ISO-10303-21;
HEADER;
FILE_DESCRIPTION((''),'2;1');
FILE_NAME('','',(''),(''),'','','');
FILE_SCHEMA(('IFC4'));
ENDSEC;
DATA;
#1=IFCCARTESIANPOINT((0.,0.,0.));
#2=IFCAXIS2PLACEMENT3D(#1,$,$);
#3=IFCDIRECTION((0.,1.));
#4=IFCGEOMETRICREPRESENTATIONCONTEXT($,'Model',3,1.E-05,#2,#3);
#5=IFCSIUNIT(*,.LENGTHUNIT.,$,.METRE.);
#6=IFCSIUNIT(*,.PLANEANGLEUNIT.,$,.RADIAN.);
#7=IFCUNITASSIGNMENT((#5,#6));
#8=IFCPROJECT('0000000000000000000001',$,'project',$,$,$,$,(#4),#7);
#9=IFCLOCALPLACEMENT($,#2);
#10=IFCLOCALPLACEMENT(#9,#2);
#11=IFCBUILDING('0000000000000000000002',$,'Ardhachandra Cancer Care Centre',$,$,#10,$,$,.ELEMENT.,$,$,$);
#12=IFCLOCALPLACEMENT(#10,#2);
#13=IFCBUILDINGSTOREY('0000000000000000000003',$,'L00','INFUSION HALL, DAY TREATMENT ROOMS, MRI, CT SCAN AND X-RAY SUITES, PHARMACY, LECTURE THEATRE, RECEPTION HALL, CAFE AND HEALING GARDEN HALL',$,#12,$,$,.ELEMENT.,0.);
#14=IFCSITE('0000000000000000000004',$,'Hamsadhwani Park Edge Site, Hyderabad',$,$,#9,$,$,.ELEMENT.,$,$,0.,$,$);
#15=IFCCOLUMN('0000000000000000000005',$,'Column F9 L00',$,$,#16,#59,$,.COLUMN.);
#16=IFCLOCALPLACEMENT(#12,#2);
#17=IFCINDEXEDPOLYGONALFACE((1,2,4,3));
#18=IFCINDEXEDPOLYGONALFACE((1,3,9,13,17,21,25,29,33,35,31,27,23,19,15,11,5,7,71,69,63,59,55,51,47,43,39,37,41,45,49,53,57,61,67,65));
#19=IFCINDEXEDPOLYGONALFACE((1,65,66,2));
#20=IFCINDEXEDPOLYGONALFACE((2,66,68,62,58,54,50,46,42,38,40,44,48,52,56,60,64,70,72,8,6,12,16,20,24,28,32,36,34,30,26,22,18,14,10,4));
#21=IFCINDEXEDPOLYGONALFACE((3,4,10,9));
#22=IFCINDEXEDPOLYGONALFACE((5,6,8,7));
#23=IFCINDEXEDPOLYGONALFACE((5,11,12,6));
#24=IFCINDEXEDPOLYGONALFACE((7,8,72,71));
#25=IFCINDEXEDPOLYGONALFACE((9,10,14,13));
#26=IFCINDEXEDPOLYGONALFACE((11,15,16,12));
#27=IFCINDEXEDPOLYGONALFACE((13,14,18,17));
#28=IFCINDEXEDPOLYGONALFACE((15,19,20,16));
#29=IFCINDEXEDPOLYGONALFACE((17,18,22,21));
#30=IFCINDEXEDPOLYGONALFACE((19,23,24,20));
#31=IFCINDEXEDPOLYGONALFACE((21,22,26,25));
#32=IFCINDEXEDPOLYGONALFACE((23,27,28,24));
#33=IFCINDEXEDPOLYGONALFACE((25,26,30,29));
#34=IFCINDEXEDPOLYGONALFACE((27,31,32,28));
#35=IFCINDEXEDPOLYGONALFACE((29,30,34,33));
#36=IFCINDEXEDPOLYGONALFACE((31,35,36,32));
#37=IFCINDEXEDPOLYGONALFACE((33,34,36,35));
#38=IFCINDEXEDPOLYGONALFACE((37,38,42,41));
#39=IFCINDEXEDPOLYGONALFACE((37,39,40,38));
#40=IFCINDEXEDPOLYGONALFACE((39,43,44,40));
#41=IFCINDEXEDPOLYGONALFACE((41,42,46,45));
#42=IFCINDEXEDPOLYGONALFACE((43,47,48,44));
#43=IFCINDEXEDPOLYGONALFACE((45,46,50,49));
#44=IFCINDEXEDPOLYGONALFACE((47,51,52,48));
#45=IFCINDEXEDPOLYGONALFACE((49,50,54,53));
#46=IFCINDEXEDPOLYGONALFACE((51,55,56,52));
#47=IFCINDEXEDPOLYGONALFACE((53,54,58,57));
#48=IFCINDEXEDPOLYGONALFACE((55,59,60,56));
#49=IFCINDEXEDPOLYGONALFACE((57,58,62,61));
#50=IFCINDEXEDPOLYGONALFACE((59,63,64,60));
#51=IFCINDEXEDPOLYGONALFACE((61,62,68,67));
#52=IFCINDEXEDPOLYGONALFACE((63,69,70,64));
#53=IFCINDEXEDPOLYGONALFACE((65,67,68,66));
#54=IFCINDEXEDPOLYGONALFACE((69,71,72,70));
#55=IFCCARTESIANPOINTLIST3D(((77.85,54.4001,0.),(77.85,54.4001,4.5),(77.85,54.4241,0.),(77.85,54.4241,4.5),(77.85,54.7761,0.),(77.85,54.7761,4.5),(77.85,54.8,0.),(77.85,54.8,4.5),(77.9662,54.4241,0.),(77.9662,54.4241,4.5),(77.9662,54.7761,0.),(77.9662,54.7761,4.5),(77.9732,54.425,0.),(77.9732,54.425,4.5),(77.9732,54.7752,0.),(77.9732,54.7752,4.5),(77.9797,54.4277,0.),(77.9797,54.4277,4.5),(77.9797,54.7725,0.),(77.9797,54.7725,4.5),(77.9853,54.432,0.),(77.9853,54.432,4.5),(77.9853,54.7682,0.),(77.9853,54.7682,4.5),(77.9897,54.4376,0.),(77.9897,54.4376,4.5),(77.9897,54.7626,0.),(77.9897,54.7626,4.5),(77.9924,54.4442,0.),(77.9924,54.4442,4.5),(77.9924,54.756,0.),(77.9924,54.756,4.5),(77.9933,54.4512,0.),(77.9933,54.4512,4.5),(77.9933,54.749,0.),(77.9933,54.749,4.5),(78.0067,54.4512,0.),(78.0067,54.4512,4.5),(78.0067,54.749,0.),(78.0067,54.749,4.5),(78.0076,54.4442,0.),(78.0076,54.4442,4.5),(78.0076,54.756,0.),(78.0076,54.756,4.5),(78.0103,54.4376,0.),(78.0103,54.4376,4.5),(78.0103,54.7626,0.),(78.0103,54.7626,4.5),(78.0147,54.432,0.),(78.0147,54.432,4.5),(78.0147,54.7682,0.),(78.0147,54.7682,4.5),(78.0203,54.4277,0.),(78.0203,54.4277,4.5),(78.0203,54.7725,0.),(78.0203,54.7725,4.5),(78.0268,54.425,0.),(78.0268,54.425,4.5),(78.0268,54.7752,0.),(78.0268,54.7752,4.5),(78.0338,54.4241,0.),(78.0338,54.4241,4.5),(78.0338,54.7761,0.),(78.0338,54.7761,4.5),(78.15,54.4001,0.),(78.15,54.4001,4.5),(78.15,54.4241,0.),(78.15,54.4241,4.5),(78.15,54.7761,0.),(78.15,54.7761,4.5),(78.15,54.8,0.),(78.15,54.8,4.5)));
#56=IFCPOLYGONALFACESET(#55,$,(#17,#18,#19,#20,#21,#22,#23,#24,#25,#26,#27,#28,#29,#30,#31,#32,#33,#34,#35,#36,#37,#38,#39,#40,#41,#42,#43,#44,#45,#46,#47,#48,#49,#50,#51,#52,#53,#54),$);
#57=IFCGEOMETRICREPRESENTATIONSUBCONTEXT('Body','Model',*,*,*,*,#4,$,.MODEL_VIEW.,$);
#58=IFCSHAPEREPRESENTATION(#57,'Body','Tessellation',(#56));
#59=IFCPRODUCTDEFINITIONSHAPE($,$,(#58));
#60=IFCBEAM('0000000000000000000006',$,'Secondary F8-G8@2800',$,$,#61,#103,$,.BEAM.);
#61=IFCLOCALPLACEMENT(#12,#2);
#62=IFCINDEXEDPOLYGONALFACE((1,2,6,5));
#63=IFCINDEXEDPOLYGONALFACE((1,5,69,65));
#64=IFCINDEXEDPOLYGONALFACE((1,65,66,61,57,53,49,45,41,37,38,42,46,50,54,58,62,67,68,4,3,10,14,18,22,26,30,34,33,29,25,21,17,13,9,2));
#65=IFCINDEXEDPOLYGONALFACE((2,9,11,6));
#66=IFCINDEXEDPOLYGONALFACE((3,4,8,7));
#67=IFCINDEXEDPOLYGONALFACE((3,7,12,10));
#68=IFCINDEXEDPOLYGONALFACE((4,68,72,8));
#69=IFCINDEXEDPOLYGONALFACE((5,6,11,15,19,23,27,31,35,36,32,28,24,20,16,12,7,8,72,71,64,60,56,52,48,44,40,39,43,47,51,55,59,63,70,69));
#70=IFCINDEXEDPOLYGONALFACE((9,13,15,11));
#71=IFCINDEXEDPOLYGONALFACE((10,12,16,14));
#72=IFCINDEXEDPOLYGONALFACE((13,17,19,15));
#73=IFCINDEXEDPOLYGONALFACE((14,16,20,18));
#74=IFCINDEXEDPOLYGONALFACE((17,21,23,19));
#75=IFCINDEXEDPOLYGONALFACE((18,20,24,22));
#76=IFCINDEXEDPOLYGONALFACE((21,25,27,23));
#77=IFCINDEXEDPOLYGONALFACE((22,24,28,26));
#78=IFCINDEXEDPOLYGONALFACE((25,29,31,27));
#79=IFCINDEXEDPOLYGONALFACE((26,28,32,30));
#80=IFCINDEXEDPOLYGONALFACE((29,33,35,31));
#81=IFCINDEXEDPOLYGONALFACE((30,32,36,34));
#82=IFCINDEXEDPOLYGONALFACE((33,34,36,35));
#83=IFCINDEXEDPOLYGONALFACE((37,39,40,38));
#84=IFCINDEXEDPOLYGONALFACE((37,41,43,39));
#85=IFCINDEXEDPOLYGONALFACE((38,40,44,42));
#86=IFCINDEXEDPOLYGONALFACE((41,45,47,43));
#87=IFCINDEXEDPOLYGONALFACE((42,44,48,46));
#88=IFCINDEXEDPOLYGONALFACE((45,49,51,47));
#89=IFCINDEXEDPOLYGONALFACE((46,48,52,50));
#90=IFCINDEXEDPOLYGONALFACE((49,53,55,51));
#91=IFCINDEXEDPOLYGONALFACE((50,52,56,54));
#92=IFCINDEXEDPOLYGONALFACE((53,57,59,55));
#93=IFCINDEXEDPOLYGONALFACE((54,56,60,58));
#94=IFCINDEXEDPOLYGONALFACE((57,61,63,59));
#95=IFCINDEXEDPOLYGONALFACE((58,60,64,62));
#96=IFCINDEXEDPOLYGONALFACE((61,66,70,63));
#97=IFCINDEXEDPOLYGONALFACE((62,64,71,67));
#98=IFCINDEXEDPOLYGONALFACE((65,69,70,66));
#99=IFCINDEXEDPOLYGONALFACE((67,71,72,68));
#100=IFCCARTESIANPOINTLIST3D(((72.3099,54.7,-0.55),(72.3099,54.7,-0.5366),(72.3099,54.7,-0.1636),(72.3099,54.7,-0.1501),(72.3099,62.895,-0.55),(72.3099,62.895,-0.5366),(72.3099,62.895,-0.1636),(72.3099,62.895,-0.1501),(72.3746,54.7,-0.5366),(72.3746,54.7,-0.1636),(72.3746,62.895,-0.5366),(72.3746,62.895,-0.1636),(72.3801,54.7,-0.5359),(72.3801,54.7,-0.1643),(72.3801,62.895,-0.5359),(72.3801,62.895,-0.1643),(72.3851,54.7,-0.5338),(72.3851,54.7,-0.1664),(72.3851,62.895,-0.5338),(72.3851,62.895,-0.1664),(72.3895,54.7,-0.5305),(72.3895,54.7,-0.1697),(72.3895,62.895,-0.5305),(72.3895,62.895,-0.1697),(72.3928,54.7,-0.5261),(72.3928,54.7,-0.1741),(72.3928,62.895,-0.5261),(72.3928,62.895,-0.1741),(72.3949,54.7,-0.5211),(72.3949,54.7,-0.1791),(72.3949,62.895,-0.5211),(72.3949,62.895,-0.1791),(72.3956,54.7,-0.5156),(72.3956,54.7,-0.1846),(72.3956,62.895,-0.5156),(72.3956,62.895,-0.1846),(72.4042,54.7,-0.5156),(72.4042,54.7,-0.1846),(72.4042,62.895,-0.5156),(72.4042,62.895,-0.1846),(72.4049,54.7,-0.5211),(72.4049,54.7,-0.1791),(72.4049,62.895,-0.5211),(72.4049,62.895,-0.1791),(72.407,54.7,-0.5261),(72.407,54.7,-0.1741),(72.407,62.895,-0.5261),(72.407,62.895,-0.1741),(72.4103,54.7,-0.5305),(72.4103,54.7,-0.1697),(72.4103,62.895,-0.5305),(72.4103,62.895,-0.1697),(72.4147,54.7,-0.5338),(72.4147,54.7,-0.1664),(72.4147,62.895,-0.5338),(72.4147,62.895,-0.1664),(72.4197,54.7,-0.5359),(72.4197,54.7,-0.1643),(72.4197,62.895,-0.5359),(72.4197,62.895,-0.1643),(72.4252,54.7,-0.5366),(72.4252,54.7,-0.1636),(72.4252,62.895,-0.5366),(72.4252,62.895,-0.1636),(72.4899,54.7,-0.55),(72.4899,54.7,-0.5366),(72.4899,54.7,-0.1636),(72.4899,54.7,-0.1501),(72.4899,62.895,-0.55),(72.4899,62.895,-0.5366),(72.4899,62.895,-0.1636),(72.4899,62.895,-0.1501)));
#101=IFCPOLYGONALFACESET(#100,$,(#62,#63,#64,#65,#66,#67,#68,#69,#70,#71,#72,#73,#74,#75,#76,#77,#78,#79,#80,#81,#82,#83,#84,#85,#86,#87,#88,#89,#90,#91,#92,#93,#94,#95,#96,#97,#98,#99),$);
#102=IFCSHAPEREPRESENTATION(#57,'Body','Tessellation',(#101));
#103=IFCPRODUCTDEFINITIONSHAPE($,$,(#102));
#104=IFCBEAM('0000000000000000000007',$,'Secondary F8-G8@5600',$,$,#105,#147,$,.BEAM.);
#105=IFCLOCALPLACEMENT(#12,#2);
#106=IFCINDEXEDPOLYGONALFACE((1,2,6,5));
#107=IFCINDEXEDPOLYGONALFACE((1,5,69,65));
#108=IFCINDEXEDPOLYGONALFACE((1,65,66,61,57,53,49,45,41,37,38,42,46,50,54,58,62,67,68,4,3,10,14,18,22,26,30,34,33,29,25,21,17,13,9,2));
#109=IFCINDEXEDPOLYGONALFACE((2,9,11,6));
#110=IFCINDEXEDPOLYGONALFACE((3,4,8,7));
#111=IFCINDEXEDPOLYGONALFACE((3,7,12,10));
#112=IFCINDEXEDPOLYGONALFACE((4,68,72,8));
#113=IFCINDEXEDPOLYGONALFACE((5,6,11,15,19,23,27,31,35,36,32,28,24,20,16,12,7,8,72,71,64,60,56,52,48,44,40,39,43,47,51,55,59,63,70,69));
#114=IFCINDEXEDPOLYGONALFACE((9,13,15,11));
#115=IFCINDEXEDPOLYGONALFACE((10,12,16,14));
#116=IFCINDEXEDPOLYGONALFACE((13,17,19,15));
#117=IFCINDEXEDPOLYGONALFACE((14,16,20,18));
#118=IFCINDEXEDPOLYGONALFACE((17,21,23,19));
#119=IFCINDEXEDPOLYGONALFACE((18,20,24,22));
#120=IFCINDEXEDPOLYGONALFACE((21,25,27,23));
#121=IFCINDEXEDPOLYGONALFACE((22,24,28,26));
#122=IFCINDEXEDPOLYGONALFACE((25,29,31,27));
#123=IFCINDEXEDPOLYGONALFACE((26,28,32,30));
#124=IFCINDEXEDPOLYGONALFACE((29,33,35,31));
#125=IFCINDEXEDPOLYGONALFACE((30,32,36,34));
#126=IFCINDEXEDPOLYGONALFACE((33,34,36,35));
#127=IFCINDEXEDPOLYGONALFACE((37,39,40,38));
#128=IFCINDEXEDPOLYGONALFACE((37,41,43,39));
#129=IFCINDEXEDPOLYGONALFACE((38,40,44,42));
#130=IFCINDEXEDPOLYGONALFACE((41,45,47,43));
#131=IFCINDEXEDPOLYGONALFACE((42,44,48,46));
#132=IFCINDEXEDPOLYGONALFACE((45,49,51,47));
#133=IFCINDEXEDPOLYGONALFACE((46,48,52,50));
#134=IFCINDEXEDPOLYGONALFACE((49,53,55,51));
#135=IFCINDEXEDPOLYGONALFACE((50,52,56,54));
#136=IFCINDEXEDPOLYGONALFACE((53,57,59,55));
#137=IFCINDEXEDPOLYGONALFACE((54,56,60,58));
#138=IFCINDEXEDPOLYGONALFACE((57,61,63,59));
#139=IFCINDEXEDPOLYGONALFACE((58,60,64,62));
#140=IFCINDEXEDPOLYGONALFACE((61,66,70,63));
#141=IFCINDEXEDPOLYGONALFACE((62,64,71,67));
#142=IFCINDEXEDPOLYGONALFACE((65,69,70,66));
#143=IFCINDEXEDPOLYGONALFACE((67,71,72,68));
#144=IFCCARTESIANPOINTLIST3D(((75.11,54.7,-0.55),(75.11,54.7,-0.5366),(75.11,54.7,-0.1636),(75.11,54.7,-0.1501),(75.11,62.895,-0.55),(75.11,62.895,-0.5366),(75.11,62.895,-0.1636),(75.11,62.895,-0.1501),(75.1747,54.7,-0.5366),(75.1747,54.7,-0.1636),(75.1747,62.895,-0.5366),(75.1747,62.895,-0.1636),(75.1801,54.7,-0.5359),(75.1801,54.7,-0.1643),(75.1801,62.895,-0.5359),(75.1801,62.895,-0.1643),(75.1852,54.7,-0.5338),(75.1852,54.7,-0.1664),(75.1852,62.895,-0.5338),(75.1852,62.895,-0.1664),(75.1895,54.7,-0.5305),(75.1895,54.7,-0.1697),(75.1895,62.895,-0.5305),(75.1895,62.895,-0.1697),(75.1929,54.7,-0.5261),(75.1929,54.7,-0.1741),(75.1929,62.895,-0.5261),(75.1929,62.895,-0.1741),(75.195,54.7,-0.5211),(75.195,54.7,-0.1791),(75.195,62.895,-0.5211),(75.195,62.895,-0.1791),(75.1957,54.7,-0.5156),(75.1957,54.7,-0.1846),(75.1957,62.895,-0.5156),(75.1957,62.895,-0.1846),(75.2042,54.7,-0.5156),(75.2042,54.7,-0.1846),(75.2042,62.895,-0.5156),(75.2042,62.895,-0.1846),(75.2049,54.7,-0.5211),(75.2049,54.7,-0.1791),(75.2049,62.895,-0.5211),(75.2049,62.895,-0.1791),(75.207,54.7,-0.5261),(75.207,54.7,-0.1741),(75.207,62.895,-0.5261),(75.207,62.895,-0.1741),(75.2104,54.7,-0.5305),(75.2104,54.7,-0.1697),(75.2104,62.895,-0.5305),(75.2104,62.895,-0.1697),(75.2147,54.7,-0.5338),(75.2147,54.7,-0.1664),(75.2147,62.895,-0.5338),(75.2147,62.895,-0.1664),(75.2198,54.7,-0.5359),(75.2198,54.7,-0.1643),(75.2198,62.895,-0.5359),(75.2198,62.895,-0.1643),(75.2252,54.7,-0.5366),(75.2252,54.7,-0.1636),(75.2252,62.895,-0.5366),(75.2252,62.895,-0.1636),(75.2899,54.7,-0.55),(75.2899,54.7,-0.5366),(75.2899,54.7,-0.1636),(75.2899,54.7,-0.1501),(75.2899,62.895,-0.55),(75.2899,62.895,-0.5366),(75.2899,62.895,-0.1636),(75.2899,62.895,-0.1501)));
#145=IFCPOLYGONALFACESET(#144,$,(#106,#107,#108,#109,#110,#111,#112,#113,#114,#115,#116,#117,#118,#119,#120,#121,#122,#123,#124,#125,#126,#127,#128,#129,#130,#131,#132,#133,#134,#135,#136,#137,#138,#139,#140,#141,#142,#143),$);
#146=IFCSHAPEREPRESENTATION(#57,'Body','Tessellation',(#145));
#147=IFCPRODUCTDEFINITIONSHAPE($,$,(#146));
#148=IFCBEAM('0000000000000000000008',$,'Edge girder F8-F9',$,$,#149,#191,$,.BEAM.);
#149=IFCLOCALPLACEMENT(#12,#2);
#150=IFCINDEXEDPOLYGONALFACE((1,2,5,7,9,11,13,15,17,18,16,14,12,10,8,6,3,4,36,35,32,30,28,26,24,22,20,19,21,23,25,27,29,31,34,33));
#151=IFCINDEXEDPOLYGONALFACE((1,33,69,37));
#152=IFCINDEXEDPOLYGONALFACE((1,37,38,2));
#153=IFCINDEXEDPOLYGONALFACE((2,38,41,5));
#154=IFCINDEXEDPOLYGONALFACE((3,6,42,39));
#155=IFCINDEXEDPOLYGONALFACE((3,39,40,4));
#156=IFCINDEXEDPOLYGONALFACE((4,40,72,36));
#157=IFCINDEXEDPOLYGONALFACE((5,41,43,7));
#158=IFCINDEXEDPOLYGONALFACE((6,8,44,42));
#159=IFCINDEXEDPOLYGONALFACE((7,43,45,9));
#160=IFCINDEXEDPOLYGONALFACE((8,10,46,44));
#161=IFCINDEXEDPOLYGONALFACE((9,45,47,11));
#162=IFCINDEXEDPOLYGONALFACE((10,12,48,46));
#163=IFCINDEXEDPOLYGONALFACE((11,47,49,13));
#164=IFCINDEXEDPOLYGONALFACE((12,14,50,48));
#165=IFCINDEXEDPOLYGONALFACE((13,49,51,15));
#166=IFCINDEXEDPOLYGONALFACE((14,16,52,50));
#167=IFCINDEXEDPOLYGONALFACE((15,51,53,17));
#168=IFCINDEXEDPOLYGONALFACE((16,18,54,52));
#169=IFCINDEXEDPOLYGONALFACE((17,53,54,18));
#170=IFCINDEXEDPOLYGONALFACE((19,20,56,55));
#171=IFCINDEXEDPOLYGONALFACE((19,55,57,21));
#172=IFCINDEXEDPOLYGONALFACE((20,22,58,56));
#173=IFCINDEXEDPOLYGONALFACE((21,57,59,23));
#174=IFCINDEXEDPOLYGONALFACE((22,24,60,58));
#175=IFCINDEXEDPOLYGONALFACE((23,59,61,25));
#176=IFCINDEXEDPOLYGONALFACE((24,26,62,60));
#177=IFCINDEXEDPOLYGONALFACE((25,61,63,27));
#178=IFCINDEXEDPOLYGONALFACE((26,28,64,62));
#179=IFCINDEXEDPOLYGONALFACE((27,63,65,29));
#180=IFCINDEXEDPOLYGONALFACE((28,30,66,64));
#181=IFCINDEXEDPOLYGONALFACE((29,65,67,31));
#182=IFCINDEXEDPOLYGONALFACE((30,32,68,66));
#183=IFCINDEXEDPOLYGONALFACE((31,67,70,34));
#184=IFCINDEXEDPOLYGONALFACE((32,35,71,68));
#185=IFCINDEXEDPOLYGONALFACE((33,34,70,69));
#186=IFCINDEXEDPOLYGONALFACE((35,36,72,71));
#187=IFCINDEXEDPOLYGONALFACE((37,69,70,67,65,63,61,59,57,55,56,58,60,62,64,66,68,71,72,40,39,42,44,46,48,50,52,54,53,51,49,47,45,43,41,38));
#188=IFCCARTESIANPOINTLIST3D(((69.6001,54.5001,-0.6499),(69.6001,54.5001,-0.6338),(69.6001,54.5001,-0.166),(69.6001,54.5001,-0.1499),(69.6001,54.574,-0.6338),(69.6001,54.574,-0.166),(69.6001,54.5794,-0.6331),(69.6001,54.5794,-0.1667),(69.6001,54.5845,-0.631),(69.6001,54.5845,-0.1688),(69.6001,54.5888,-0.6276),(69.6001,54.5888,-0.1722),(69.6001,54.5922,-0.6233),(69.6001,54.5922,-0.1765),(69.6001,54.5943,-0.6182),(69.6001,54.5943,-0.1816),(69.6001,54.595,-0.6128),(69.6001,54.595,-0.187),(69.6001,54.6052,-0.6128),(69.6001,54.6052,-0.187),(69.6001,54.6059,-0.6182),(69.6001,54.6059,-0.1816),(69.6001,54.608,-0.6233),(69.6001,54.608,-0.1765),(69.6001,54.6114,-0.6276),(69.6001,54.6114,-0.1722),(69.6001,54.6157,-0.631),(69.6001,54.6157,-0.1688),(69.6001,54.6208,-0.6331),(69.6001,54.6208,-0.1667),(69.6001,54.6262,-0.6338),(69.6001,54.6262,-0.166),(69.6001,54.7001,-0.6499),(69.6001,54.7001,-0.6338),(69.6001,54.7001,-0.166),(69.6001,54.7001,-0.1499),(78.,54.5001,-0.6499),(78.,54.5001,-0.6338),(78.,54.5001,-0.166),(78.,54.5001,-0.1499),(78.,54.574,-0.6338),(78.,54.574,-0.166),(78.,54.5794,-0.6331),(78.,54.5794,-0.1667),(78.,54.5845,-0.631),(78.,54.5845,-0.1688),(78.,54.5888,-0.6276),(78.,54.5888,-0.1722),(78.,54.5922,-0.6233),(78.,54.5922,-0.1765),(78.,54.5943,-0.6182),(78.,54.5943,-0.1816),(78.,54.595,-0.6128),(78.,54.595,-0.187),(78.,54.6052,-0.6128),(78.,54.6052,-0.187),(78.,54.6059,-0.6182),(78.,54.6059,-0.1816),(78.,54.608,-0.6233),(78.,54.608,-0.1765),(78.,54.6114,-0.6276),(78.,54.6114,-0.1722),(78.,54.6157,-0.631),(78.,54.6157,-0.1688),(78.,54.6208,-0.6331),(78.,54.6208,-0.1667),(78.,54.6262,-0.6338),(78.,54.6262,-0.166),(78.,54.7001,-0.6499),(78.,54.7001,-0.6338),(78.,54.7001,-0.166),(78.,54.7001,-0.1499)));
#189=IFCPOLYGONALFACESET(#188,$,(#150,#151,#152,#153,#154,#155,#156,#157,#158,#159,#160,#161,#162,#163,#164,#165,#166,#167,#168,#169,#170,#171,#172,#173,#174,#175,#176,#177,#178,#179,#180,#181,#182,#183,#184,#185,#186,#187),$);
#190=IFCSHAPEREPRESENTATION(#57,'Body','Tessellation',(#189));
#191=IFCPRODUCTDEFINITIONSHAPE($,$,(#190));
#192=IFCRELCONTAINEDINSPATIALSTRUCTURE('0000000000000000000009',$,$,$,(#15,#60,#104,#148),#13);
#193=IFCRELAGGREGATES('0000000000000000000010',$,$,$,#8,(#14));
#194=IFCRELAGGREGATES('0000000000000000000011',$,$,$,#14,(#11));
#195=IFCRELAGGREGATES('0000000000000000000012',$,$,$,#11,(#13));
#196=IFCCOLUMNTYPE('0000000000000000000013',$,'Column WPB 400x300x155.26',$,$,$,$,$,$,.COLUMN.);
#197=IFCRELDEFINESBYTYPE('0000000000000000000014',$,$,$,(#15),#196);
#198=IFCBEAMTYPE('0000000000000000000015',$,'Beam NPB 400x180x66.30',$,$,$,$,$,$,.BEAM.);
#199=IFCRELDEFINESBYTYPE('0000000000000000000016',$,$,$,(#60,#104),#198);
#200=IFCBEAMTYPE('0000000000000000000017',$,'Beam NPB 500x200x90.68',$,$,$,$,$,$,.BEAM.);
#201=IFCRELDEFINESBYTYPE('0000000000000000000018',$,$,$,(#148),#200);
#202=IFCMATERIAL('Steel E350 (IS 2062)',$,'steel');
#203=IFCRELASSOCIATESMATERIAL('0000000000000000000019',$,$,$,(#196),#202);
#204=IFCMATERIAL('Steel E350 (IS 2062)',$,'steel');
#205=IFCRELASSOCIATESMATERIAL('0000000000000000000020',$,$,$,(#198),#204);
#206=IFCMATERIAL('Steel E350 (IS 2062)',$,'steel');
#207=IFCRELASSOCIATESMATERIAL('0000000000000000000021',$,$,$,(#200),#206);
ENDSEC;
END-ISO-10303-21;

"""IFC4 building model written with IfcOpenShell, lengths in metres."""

from ifc_helpers import new_model, si_unit, direction, frame, origin, origin_2d, place, context, subcontext, project, spatial, i_section, extrude, material, material_profile, profile_set, type_object, element, save


model = new_model("IFC4")

# Units and contexts
model_context = context("Model", 3, precision=1e-05, world=origin(), true_north=direction((0.0, 1.0)))
body_context = subcontext(model_context, "Body", "Model", "MODEL_VIEW")
ifc_project = project(units=[si_unit("LENGTHUNIT", "METRE"), si_unit("PLANEANGLEUNIT", "RADIAN")], contexts=[model_context])

# Site, building, storey
site_placement = place(None, origin())
site = spatial("IfcSite", under=ifc_project, at=site_placement, Name="Hamsadhwani Park Edge Site, Hyderabad", CompositionType="ELEMENT", RefElevation=0.0)
building_placement = place(site_placement, origin())
building = spatial("IfcBuilding", under=site, at=building_placement, Name="Ardhachandra Cancer Care Centre", CompositionType="ELEMENT")
storey_placement = place(building_placement, origin())
storey = spatial("IfcBuildingStorey", under=building, at=storey_placement, Name="L00", Description="INFUSION HALL, DAY TREATMENT ROOMS, MRI, CT SCAN AND X-RAY SUITES, PHARMACY, LECTURE THEATRE, RECEPTION HALL, CAFE AND HEALING GARDEN HALL", CompositionType="ELEMENT", Elevation=0.0)

# Column
ifc_material_1 = material(Name="Steel E350 (IS 2062)", Category="steel")
ifc_material_profile_1 = material_profile(ifc_material_1, i_section(OverallWidth=0.3, OverallDepth=0.3999, WebThickness=0.0134, FlangeThickness=0.0239, FilletRadius=0.0271, at=origin_2d()), Name="WPB 400x300x155.26")
ifc_profile_set_1 = profile_set([ifc_material_profile_1], Name="Steel E350 (IS 2062)")
column_type = type_object("IfcColumnType", Name="Column WPB 400x300x155.26", PredefinedType="COLUMN", material=ifc_profile_set_1)
for number, where, z_axis, x_axis, name in (
    (1, (78.0, 54.6001, 0.0), (0.0, 0.0, 1.0), (1.0, 0.0, 0.0), "Column F9 L00"),
):
    element("IfcColumn", number, at=place(storey_placement, frame(where, z_axis=z_axis, x_axis=x_axis)), inside=storey, type_object=column_type, Name=name, PredefinedType="COLUMN", context=body_context, shape_type="SweptSolid", body=[
        extrude(i_section(OverallWidth=0.3, OverallDepth=0.3999, WebThickness=0.0134, FlangeThickness=0.0239, FilletRadius=0.0271, at=origin_2d()), origin(), (0.0, 0.0, 1.0), 4.5),
    ])

# Beams
ifc_material_2 = material(Name="Steel E350 (IS 2062)", Category="steel")
ifc_material_profile_2 = material_profile(ifc_material_2, i_section(OverallWidth=0.1799, OverallDepth=0.3999, WebThickness=0.0085, FlangeThickness=0.0134, FilletRadius=0.021, at=origin_2d()), Name="NPB 400x180x66.30")
ifc_profile_set_2 = profile_set([ifc_material_profile_2], Name="Steel E350 (IS 2062)")
beam_type_1 = type_object("IfcBeamType", Name="Beam NPB 400x180x66.30", PredefinedType="BEAM", material=ifc_profile_set_2)
for number, where, z_axis, x_axis, name in (
    (2, (72.3999, 54.7, -0.3501), (0.0, 1.0, 0.0), (-1.0, 0.0, 0.0), "Secondary F8-G8@2800"),
    (3, (75.2, 54.7, -0.3501), (0.0, 1.0, 0.0), (-1.0, 0.0, 0.0), "Secondary F8-G8@5600"),
):
    element("IfcBeam", number, at=place(storey_placement, frame(where, z_axis=z_axis, x_axis=x_axis)), inside=storey, type_object=beam_type_1, Name=name, PredefinedType="BEAM", context=body_context, shape_type="SweptSolid", body=[
        extrude(i_section(OverallWidth=0.1799, OverallDepth=0.3999, WebThickness=0.0085, FlangeThickness=0.0134, FilletRadius=0.021, at=origin_2d()), origin(), (0.0, 0.0, 1.0), 8.1951),
    ])
ifc_material_3 = material(Name="Steel E350 (IS 2062)", Category="steel")
ifc_material_profile_3 = material_profile(ifc_material_3, i_section(OverallWidth=0.2, OverallDepth=0.5, WebThickness=0.0103, FlangeThickness=0.0161, FilletRadius=0.021, at=origin_2d()), Name="NPB 500x200x90.68")
ifc_profile_set_3 = profile_set([ifc_material_profile_3], Name="Steel E350 (IS 2062)")
beam_type_2 = type_object("IfcBeamType", Name="Beam NPB 500x200x90.68", PredefinedType="BEAM", material=ifc_profile_set_3)
for number, where, z_axis, x_axis, name in (
    (4, (69.6001, 54.6001, -0.3999), (1.0, 0.0, 0.0), (0.0, 1.0, 0.0), "Edge girder F8-F9"),
):
    element("IfcBeam", number, at=place(storey_placement, frame(where, z_axis=z_axis, x_axis=x_axis)), inside=storey, type_object=beam_type_2, Name=name, PredefinedType="BEAM", context=body_context, shape_type="SweptSolid", body=[
        extrude(i_section(OverallWidth=0.2, OverallDepth=0.5, WebThickness=0.0103, FlangeThickness=0.0161, FilletRadius=0.021, at=origin_2d()), origin(), (0.0, 0.0, 1.0), 8.3999),
    ])

save(model, "model.ifc")
